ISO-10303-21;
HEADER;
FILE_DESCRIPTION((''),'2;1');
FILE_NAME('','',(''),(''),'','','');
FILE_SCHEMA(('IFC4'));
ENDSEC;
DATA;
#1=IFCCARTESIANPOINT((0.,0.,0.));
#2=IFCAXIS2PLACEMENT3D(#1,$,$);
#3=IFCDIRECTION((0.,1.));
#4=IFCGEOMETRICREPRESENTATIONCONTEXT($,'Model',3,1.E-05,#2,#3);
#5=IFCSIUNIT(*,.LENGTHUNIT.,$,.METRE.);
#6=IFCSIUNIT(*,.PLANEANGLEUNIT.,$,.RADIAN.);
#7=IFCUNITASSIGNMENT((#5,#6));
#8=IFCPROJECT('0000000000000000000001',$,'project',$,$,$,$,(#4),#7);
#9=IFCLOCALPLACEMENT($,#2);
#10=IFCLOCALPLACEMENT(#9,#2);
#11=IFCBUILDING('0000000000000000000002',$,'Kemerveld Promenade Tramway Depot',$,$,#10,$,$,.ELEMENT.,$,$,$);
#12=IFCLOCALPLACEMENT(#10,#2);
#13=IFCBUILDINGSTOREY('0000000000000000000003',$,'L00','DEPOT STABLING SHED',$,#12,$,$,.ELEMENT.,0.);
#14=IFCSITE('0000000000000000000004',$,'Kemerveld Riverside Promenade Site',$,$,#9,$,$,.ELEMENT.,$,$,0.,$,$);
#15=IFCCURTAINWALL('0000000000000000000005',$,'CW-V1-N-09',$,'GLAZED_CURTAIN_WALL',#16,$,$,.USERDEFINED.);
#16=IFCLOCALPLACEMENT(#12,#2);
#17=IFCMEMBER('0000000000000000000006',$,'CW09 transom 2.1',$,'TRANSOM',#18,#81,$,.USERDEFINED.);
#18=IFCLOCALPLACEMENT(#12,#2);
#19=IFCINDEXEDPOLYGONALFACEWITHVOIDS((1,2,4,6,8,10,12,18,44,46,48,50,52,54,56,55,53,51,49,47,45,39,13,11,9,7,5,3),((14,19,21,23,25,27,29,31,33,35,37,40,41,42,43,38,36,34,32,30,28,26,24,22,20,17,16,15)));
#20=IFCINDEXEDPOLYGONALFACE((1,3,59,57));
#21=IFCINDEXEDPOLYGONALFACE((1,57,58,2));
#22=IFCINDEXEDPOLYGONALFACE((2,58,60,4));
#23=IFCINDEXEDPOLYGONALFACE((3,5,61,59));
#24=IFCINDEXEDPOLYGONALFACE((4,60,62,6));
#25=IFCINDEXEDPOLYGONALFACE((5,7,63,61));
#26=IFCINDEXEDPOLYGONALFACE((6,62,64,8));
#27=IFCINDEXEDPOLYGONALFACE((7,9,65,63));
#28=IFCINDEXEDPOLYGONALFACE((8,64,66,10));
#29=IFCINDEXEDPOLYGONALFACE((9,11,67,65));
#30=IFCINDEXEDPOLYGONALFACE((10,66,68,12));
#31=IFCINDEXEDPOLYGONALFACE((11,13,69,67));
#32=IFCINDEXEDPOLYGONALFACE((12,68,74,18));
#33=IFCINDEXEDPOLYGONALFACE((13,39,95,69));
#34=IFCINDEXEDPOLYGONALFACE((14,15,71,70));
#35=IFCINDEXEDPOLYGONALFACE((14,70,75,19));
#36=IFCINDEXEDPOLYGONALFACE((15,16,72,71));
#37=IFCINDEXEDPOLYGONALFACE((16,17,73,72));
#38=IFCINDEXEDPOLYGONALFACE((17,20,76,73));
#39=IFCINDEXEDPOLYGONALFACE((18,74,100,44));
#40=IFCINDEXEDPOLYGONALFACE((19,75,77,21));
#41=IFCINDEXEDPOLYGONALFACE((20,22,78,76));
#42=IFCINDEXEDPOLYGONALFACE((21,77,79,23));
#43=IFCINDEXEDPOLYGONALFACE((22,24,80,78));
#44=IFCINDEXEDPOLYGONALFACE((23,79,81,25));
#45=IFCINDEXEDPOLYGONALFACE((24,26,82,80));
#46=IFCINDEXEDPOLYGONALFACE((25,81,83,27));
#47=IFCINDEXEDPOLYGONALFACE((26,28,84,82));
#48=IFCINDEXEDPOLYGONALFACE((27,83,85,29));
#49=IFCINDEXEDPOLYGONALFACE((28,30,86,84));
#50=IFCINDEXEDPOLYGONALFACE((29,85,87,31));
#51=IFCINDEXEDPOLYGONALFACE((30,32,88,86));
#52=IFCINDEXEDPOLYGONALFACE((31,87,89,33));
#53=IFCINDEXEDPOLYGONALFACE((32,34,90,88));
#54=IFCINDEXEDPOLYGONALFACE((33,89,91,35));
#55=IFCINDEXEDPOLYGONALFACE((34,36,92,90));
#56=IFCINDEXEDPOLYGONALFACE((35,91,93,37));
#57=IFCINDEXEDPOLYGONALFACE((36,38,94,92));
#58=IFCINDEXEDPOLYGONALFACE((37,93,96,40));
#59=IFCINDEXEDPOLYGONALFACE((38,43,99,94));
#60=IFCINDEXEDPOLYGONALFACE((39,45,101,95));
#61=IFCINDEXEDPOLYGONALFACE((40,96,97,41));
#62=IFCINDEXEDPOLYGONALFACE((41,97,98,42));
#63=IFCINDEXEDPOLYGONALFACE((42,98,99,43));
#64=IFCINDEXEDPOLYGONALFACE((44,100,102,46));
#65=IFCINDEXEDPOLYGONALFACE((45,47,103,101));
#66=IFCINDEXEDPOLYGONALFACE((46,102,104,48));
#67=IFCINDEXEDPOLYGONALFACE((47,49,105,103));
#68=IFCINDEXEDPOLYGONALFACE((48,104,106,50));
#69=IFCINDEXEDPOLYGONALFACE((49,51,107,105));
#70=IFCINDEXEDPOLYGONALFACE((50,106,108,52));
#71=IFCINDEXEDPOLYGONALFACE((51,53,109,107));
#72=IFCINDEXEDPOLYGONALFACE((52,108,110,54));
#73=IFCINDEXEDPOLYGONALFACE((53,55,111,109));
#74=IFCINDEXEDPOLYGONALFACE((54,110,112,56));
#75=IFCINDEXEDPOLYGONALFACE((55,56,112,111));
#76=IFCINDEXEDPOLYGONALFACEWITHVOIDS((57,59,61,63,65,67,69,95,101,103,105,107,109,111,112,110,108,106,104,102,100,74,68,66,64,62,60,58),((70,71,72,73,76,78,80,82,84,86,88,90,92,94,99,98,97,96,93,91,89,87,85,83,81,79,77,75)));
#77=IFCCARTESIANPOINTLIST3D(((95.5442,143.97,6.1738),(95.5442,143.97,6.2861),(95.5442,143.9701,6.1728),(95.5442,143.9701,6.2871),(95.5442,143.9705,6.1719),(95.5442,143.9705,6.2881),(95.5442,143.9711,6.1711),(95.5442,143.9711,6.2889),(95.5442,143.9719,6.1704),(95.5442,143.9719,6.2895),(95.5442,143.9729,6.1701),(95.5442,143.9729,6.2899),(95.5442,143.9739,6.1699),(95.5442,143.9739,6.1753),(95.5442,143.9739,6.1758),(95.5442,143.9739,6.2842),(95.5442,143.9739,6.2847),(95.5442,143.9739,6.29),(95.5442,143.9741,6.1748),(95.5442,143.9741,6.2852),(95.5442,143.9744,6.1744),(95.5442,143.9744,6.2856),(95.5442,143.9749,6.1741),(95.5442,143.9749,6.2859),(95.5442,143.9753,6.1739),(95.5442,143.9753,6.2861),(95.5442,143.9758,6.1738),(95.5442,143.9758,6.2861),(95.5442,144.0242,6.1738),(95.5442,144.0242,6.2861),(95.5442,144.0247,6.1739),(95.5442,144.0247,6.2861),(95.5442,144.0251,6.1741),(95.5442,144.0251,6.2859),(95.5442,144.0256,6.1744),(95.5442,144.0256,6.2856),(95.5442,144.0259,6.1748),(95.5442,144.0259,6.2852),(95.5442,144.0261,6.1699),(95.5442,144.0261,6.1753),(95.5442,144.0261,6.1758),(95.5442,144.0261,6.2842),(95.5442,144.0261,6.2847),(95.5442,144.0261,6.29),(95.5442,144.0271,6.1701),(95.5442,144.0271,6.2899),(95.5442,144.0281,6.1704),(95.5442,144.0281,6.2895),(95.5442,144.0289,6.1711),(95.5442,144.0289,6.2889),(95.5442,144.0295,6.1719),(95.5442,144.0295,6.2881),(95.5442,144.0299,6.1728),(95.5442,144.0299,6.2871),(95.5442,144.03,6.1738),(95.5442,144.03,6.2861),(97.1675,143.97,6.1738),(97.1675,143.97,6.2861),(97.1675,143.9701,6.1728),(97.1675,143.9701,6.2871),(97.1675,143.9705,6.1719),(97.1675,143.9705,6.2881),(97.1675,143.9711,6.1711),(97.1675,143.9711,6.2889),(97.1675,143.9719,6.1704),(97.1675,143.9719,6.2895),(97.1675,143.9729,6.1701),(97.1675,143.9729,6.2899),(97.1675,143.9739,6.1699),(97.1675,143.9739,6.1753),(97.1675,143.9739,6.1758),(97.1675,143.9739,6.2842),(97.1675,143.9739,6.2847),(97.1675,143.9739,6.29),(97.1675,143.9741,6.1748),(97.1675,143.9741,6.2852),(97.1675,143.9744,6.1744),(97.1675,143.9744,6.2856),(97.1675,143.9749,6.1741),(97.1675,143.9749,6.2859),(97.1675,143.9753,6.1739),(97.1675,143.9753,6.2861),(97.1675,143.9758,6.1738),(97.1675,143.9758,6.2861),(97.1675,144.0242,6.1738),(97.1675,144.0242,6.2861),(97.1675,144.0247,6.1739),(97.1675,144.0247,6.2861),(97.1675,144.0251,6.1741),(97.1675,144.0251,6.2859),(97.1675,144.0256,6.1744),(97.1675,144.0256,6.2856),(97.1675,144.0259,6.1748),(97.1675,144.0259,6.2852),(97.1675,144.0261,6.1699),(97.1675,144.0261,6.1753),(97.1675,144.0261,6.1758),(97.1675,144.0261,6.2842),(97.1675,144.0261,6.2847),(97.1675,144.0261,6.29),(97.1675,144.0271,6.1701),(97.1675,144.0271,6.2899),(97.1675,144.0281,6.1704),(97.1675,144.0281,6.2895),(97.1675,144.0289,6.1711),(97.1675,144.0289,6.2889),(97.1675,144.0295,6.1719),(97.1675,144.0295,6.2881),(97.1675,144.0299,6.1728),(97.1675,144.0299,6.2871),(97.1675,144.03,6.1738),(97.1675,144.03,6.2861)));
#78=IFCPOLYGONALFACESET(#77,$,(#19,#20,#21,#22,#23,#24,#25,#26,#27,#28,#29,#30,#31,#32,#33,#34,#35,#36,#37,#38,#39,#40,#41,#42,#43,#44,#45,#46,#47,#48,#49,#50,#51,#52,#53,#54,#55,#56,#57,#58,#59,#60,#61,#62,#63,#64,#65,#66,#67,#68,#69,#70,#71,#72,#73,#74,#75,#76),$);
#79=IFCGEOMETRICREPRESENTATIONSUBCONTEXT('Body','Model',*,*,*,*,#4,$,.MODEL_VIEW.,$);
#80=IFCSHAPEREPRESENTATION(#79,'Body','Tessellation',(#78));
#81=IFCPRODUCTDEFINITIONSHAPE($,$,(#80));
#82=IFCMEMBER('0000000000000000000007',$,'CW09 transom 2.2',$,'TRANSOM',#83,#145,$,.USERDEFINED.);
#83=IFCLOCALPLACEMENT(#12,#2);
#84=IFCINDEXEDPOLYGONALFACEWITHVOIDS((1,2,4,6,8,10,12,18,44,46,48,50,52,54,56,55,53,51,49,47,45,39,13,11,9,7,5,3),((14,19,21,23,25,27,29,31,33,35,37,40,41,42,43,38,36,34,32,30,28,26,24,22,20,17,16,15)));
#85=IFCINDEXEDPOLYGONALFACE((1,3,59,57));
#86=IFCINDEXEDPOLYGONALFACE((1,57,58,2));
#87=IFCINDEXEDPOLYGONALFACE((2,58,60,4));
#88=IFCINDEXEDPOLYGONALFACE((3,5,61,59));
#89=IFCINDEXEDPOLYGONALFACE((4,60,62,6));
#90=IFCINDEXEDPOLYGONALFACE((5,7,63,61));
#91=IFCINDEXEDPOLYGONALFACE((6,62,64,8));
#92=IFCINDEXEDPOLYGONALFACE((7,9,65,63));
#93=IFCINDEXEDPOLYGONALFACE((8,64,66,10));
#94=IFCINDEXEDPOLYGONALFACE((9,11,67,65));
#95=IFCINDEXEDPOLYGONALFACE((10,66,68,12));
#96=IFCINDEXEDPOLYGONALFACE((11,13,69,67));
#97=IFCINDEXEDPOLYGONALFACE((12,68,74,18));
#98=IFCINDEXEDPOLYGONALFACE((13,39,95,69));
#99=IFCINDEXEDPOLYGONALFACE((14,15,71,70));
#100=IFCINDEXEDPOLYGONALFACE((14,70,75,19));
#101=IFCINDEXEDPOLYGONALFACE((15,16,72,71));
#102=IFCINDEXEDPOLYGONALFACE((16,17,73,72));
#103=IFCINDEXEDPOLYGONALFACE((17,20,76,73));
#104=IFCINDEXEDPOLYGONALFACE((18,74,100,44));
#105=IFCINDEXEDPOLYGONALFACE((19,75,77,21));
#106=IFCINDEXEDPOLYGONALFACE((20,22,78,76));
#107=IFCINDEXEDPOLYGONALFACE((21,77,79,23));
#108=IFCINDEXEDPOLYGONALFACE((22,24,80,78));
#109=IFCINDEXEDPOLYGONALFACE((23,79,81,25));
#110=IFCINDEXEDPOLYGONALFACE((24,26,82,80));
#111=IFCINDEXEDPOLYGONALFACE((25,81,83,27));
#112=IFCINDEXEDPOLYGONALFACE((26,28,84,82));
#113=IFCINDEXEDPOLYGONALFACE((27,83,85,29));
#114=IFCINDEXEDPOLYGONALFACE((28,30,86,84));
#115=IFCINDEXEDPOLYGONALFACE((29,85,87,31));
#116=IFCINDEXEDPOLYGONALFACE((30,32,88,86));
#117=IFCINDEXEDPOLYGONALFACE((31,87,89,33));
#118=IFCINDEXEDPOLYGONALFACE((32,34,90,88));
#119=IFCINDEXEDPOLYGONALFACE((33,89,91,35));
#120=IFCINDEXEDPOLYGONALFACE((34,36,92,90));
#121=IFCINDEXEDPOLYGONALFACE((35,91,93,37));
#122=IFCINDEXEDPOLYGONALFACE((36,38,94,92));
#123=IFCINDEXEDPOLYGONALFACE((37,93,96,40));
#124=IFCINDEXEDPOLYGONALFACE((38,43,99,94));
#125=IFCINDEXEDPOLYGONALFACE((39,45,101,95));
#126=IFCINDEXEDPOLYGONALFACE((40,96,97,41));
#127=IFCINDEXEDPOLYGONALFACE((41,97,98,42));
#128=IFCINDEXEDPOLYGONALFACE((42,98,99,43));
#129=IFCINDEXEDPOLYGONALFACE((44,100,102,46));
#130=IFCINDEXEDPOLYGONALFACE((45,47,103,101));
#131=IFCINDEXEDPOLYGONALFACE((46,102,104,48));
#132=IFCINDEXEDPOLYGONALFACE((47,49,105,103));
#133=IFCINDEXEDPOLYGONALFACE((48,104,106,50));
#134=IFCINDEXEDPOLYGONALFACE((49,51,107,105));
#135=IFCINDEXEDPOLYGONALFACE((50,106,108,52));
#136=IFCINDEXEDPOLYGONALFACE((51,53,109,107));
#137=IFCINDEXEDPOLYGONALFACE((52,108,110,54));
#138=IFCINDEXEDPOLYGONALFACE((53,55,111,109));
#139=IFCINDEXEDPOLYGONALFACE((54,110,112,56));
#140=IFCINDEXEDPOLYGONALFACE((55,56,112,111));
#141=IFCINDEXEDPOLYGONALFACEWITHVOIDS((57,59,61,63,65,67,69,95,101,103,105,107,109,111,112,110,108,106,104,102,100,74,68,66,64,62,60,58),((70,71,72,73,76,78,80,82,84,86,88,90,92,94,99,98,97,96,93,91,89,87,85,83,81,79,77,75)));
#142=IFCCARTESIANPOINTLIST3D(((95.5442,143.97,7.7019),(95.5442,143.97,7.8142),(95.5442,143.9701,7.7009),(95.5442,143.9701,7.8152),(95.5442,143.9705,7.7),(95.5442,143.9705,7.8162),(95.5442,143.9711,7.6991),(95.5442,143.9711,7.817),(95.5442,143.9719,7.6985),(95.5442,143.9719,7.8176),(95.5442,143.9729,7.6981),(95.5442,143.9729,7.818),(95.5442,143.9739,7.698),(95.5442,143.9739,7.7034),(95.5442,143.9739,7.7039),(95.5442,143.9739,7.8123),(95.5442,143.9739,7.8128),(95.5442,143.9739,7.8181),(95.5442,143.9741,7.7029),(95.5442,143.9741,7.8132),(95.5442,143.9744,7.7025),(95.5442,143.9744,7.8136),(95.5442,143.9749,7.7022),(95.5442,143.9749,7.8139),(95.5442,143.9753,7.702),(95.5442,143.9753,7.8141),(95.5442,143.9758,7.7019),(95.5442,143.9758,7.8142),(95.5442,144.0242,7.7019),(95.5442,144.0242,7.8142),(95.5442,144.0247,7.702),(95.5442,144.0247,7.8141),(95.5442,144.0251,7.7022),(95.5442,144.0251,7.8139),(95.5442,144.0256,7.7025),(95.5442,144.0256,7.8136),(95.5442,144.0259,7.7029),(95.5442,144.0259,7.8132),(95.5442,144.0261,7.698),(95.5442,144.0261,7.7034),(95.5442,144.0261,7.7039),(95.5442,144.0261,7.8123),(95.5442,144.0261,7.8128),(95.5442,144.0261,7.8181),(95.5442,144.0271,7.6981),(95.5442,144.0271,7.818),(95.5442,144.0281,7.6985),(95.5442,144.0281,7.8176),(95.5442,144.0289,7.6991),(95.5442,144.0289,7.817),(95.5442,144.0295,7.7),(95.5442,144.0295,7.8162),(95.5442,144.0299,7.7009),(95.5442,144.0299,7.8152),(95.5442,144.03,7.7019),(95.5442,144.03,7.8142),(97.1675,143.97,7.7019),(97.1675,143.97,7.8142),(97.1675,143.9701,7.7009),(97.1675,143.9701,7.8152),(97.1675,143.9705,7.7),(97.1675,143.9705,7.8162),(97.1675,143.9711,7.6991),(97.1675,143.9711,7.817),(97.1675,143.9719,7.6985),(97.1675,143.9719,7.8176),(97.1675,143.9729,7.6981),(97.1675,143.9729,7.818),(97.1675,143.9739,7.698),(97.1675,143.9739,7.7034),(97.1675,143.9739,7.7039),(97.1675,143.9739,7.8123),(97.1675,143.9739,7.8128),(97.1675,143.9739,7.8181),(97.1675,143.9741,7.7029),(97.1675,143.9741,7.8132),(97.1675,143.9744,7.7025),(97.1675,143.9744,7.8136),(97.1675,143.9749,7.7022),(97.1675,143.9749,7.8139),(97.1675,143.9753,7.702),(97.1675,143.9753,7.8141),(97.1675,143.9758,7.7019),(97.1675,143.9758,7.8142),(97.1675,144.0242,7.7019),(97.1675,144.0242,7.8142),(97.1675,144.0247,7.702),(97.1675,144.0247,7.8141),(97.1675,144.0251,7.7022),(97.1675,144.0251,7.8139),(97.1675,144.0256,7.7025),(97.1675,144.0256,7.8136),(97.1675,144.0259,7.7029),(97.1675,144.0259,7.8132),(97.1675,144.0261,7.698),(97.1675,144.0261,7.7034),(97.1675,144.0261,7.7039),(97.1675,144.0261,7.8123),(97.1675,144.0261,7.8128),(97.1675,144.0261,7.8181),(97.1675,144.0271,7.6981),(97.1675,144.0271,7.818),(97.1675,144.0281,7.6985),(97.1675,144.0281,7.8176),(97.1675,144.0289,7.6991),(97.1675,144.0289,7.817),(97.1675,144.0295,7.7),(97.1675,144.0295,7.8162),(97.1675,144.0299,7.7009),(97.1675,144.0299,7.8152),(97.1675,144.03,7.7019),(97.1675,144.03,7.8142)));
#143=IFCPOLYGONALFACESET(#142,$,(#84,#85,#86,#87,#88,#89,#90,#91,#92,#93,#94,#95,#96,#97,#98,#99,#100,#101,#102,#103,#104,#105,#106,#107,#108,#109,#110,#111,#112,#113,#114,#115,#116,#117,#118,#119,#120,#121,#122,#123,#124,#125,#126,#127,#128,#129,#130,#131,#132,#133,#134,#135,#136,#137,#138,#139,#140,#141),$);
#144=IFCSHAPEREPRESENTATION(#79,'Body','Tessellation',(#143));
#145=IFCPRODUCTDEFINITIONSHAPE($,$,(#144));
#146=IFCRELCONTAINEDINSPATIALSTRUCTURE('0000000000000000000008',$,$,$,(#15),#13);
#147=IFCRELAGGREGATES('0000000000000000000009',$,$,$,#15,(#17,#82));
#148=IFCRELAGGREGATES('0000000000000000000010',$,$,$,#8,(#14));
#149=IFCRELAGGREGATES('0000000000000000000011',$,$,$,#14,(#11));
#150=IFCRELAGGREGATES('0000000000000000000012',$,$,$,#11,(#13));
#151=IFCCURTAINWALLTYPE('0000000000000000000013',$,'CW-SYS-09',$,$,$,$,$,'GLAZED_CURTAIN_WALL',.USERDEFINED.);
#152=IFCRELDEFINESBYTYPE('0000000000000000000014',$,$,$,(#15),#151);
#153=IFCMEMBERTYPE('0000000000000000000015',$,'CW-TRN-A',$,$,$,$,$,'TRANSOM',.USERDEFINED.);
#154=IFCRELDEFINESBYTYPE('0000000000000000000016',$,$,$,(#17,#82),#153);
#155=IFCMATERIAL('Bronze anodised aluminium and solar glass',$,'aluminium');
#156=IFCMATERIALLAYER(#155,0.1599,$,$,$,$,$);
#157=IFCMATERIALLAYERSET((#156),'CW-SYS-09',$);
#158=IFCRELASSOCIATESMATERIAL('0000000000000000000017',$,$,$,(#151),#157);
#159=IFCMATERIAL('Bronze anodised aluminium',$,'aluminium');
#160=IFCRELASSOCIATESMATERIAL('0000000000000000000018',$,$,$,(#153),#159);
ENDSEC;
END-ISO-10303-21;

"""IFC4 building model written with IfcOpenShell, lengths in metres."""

from ifc_helpers import new_model, si_unit, direction, frame, origin, origin_2d, place, context, subcontext, project, spatial, hollow_rectangle, extrude, material, layer, layer_set, material_profile, profile_set, type_object, element, aggregate, save


model = new_model("IFC4")

# Units and contexts
model_context = context("Model", 3, precision=1e-05, world=origin(), true_north=direction((0.0, 1.0)))
body_context = subcontext(model_context, "Body", "Model", "MODEL_VIEW")
ifc_project = project(units=[si_unit("LENGTHUNIT", "METRE"), si_unit("PLANEANGLEUNIT", "RADIAN")], contexts=[model_context])

# Site, building, storey
site_placement = place(None, origin())
site = spatial("IfcSite", under=ifc_project, at=site_placement, Name="Kemerveld Riverside Promenade Site", CompositionType="ELEMENT", RefElevation=0.0)
building_placement = place(site_placement, origin())
building = spatial("IfcBuilding", under=site, at=building_placement, Name="Kemerveld Promenade Tramway Depot", CompositionType="ELEMENT")
storey_placement = place(building_placement, origin())
storey = spatial("IfcBuildingStorey", under=building, at=storey_placement, Name="L00", Description="DEPOT STABLING SHED", CompositionType="ELEMENT", Elevation=0.0)

# Curtain wall
ifc_material_1 = material(Name="Bronze anodised aluminium and solar glass", Category="aluminium")
ifc_layer_1 = layer(ifc_material_1, 0.1599)
ifc_layer_set_1 = layer_set([ifc_layer_1], Name="CW-SYS-09")
curtain_wall_type_1 = type_object("IfcCurtainWallType", Name="CW-SYS-09", ElementType="GLAZED_CURTAIN_WALL", PredefinedType="USERDEFINED", material=ifc_layer_set_1)
curtain_wall_1_placement = place(storey_placement, origin())
curtain_wall_1 = element("IfcCurtainWall", 1, at=curtain_wall_1_placement, inside=storey, type_object=curtain_wall_type_1, Name="CW-V1-N-09", ObjectType="GLAZED_CURTAIN_WALL", PredefinedType="USERDEFINED")
ifc_material_2 = material(Name="Bronze anodised aluminium", Category="aluminium")

# Members
ifc_material_profile_1 = material_profile(ifc_material_2, hollow_rectangle(XDim=0.0601, YDim=0.1201, WallThickness=0.0039, InnerFilletRadius=0.002, OuterFilletRadius=0.0039, at=origin_2d()), Name="CW-TRN-120x60")
ifc_profile_set_1 = profile_set([ifc_material_profile_1], Name="Bronze anodised aluminium")
member_type_1 = type_object("IfcMemberType", Name="CW-TRN-A", ElementType="TRANSOM", PredefinedType="USERDEFINED", material=ifc_profile_set_1)
member_1_placement = place(storey_placement, frame((95.5442, 144.0, 6.23), z_axis=(1.0, 0.0, 0.0), x_axis=(0.0, 1.0, 0.0)))
member_1 = element("IfcMember", 2, at=member_1_placement, type_object=member_type_1, Name="CW09 transom 2.1", ObjectType="TRANSOM", PredefinedType="USERDEFINED", context=body_context, shape_type="SweptSolid", body=[
    extrude(hollow_rectangle(XDim=0.0601, YDim=0.1201, WallThickness=0.0039, InnerFilletRadius=0.002, OuterFilletRadius=0.0039, at=origin_2d()), origin(), (0.0, 0.0, 1.0), 1.6233),
])
member_2_placement = place(storey_placement, frame((95.5442, 144.0, 7.7581), z_axis=(1.0, 0.0, 0.0), x_axis=(0.0, 1.0, 0.0)))
member_2 = element("IfcMember", 3, at=member_2_placement, type_object=member_type_1, Name="CW09 transom 2.2", ObjectType="TRANSOM", PredefinedType="USERDEFINED", context=body_context, shape_type="SweptSolid", body=[
    extrude(hollow_rectangle(XDim=0.0601, YDim=0.1201, WallThickness=0.0039, InnerFilletRadius=0.002, OuterFilletRadius=0.0039, at=origin_2d()), origin(), (0.0, 0.0, 1.0), 1.6233),
])

aggregate(curtain_wall_1, [member_1, member_2])

save(model, "model.ifc")
